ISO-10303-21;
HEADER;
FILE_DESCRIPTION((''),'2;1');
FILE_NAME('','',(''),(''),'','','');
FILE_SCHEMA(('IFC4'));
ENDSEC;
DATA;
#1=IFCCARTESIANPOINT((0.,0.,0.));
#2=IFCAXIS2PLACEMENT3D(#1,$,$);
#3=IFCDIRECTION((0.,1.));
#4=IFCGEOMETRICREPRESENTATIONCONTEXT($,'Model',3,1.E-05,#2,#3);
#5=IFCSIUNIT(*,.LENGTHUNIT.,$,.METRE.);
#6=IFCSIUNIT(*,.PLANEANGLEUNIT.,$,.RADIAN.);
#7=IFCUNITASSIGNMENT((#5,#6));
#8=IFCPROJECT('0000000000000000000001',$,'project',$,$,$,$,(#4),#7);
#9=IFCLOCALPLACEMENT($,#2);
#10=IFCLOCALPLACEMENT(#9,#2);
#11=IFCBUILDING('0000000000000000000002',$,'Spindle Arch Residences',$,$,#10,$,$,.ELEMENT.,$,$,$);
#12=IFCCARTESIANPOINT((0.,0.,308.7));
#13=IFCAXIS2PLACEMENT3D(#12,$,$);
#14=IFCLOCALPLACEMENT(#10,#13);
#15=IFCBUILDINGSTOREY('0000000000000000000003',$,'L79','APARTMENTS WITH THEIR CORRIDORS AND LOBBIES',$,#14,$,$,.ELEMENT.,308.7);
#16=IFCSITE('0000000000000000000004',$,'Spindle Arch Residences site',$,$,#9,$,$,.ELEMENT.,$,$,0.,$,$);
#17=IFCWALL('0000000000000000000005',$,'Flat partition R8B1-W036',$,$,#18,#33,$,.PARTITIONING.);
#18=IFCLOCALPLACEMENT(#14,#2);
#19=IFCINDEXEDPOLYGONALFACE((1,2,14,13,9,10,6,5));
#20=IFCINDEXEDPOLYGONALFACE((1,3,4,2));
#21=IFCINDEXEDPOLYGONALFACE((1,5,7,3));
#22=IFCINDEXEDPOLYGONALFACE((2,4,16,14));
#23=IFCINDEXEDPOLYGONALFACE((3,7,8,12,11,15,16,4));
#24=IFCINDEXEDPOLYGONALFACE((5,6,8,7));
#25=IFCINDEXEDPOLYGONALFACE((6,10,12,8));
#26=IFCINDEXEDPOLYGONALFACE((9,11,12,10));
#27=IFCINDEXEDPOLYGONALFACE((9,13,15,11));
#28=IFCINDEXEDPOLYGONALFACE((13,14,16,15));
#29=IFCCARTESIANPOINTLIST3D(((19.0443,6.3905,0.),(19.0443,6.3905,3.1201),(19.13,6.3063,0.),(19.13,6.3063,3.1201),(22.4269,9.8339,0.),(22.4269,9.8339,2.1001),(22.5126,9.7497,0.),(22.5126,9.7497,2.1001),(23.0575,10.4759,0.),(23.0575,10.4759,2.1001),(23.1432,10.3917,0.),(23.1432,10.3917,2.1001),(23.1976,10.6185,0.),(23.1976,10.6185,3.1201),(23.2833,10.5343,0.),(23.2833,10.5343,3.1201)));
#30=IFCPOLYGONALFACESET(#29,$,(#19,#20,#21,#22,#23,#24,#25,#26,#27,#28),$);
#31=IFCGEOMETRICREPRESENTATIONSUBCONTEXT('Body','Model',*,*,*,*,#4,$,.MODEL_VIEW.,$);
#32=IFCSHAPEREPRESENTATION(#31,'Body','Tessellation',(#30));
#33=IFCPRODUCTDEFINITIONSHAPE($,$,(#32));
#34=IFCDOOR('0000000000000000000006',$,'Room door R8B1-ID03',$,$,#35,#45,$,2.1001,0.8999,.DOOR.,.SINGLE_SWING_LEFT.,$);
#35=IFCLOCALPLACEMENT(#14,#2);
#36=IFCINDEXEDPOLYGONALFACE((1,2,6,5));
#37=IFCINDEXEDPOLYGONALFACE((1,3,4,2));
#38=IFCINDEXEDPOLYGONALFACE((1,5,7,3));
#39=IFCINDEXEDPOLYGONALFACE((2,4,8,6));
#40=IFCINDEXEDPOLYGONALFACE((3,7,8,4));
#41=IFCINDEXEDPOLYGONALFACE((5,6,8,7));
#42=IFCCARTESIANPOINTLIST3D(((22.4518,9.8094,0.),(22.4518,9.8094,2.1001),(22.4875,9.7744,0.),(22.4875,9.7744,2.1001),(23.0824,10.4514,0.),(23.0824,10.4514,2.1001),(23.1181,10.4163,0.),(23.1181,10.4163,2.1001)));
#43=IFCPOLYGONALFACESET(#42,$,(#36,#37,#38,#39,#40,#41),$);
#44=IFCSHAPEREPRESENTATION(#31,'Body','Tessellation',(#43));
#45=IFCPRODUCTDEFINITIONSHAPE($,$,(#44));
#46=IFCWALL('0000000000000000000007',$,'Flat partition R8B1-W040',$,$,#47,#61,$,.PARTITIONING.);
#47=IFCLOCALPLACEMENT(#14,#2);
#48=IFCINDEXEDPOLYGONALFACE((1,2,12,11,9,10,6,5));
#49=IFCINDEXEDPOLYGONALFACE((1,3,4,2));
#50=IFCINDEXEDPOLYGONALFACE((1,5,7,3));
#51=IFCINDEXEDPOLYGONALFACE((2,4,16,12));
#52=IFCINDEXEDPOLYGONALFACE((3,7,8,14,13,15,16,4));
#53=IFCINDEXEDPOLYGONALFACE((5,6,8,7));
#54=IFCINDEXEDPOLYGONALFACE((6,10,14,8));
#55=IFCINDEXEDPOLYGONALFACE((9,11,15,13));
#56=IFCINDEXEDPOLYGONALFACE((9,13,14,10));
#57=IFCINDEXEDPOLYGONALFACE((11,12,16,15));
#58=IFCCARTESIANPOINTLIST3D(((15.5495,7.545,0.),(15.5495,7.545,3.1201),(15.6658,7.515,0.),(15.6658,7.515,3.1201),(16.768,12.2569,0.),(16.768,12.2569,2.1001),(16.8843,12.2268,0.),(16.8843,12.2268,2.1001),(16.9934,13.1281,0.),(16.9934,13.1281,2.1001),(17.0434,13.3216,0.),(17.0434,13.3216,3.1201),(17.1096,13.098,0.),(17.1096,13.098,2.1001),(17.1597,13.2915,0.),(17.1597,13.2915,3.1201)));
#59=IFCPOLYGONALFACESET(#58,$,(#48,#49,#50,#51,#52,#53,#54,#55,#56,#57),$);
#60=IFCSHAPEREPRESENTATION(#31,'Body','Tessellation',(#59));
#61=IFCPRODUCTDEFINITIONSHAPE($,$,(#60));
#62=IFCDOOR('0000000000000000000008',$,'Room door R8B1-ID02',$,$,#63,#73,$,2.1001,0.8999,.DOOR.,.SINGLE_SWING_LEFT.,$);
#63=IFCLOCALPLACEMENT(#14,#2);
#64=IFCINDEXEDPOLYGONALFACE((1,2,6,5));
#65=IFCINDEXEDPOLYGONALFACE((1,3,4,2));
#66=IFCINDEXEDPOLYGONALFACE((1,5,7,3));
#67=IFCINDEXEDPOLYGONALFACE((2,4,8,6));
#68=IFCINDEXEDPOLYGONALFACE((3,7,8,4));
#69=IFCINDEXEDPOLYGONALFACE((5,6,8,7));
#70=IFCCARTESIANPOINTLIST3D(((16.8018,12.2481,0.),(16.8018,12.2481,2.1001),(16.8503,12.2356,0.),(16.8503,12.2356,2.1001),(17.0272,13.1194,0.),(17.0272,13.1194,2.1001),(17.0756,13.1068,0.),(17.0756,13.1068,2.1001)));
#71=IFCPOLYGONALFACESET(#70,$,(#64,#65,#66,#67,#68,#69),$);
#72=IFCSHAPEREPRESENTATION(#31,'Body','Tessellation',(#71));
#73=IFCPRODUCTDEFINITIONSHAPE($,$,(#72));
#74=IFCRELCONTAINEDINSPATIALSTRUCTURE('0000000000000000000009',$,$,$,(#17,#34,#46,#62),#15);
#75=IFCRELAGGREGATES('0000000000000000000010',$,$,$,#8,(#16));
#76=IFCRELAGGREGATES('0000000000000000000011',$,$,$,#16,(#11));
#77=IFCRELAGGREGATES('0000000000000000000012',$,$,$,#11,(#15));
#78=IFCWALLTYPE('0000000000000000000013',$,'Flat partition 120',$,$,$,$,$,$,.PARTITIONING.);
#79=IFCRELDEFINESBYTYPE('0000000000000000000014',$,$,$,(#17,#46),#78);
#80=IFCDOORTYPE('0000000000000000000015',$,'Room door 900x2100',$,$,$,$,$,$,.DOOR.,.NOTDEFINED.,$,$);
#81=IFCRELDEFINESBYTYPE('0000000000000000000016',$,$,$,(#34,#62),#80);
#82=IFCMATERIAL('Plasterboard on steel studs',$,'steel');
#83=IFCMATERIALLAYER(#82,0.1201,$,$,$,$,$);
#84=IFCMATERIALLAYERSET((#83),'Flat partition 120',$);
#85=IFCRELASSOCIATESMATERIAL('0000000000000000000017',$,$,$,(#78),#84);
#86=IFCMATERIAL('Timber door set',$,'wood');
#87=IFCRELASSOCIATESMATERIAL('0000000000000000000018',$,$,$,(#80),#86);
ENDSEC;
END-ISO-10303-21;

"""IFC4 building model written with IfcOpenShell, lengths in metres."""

from ifc_helpers import new_model, si_unit, direction, frame, frame_2d, origin, place, context, subcontext, project, spatial, rectangle, extrude, material, layer, layer_set, type_object, element, fill, save


model = new_model("IFC4")

# Units and contexts
model_context = context("Model", 3, precision=1e-05, world=origin(), true_north=direction((0.0, 1.0)))
body_context = subcontext(model_context, "Body", "Model", "MODEL_VIEW")
ifc_project = project(units=[si_unit("LENGTHUNIT", "METRE"), si_unit("PLANEANGLEUNIT", "RADIAN")], contexts=[model_context])

# Site, building, storey
site_placement = place(None, origin())
site = spatial("IfcSite", under=ifc_project, at=site_placement, Name="Spindle Arch Residences site", CompositionType="ELEMENT", RefElevation=0.0)
building_placement = place(site_placement, origin())
building = spatial("IfcBuilding", under=site, at=building_placement, Name="Spindle Arch Residences", CompositionType="ELEMENT")
storey_placement = place(building_placement, frame((0.0, 0.0, 308.7)))
storey = spatial("IfcBuildingStorey", under=building, at=storey_placement, Name="L79", Description="APARTMENTS WITH THEIR CORRIDORS AND LOBBIES", CompositionType="ELEMENT", Elevation=308.7)

# Walls, openings, doors
ifc_material_1 = material(Name="Plasterboard on steel studs", Category="steel")
ifc_layer_1 = layer(ifc_material_1, 0.1201)
ifc_layer_set_1 = layer_set([ifc_layer_1], Name="Flat partition 120")
wall_type = type_object("IfcWallType", Name="Flat partition 120", PredefinedType="PARTITIONING", material=ifc_layer_set_1)
ifc_material_2 = material(Name="Timber door set", Category="wood")
door_type = type_object("IfcDoorType", Name="Room door 900x2100", OperationType="NOTDEFINED", PredefinedType="DOOR", material=ifc_material_2)
wall_1_placement = place(storey_placement, frame((23.2405, 10.5764, 0.0), z_axis=(0.0, 0.0, 1.0), x_axis=(-0.700776, -0.713381, 0.0)))
wall_1 = element("IfcWall", 1, at=wall_1_placement, inside=storey, type_object=wall_type, Name="Flat partition R8B1-W036", PredefinedType="PARTITIONING", context=body_context, shape_type="SweptSolid", body=[
    extrude(rectangle(XDim=5.9268, YDim=0.1201, at=frame_2d((2.9634, 0.0))), origin(), (0.0, 0.0, 1.0), 3.1201),
])
opening_1_placement = place(wall_1_placement, frame((0.2, 0.0, 0.0)))
opening_1 = element("IfcOpeningElement", 2, at=opening_1_placement, cuts=wall_1, PredefinedType="OPENING", context=body_context, shape_type="SweptSolid", body=[
    extrude(rectangle(XDim=0.8999, YDim=2.1001, at=frame_2d((0.45, 1.05))), frame((0.0, 0.0701, 0.0), z_axis=(0.0, -1.0, 0.0), x_axis=(1.0, 0.0, 0.0)), (0.0, 0.0, 1.0), 0.1401),
])
door_1_placement = place(opening_1_placement, origin())
door_1 = element("IfcDoor", 3, at=door_1_placement, inside=storey, type_object=door_type, Name="Room door R8B1-ID03", OperationType="SINGLE_SWING_LEFT", OverallHeight=2.1001, OverallWidth=0.8999, PredefinedType="DOOR", context=body_context, shape_type="SweptSolid", body=[
    extrude(rectangle(XDim=0.8999, YDim=2.1001, at=frame_2d((0.45, 1.05))), frame((0.0, 0.0249, 0.0), z_axis=(0.0, -1.0, 0.0), x_axis=(1.0, 0.0, 0.0)), (0.0, 0.0, 1.0), 0.05),
])
fill(opening_1, door_1)
wall_2_placement = place(storey_placement, frame((17.1016, 13.3066, 0.0), z_axis=(0.0, 0.0, 1.0), x_axis=(-0.250374, -0.968149, 0.0)))
wall_2 = element("IfcWall", 4, at=wall_2_placement, inside=storey, type_object=wall_type, Name="Flat partition R8B1-W040", PredefinedType="PARTITIONING", context=body_context, shape_type="SweptSolid", body=[
    extrude(rectangle(XDim=5.9666, YDim=0.1201, at=frame_2d((2.9834, 0.0))), origin(), (0.0, 0.0, 1.0), 3.1201),
])
opening_2_placement = place(wall_2_placement, frame((0.2, 0.0, 0.0)))
opening_2 = element("IfcOpeningElement", 5, at=opening_2_placement, cuts=wall_2, PredefinedType="OPENING", context=body_context, shape_type="SweptSolid", body=[
    extrude(rectangle(XDim=0.8999, YDim=2.1001, at=frame_2d((0.45, 1.05))), frame((0.0, 0.0701, 0.0), z_axis=(0.0, -1.0, 0.0), x_axis=(1.0, 0.0, 0.0)), (0.0, 0.0, 1.0), 0.1401),
])
door_2_placement = place(opening_2_placement, origin())
door_2 = element("IfcDoor", 6, at=door_2_placement, inside=storey, type_object=door_type, Name="Room door R8B1-ID02", OperationType="SINGLE_SWING_LEFT", OverallHeight=2.1001, OverallWidth=0.8999, PredefinedType="DOOR", context=body_context, shape_type="SweptSolid", body=[
    extrude(rectangle(XDim=0.8999, YDim=2.1001, at=frame_2d((0.45, 1.05))), frame((0.0, 0.0249, 0.0), z_axis=(0.0, -1.0, 0.0), x_axis=(1.0, 0.0, 0.0)), (0.0, 0.0, 1.0), 0.05),
])
fill(opening_2, door_2)

save(model, "model.ifc")
